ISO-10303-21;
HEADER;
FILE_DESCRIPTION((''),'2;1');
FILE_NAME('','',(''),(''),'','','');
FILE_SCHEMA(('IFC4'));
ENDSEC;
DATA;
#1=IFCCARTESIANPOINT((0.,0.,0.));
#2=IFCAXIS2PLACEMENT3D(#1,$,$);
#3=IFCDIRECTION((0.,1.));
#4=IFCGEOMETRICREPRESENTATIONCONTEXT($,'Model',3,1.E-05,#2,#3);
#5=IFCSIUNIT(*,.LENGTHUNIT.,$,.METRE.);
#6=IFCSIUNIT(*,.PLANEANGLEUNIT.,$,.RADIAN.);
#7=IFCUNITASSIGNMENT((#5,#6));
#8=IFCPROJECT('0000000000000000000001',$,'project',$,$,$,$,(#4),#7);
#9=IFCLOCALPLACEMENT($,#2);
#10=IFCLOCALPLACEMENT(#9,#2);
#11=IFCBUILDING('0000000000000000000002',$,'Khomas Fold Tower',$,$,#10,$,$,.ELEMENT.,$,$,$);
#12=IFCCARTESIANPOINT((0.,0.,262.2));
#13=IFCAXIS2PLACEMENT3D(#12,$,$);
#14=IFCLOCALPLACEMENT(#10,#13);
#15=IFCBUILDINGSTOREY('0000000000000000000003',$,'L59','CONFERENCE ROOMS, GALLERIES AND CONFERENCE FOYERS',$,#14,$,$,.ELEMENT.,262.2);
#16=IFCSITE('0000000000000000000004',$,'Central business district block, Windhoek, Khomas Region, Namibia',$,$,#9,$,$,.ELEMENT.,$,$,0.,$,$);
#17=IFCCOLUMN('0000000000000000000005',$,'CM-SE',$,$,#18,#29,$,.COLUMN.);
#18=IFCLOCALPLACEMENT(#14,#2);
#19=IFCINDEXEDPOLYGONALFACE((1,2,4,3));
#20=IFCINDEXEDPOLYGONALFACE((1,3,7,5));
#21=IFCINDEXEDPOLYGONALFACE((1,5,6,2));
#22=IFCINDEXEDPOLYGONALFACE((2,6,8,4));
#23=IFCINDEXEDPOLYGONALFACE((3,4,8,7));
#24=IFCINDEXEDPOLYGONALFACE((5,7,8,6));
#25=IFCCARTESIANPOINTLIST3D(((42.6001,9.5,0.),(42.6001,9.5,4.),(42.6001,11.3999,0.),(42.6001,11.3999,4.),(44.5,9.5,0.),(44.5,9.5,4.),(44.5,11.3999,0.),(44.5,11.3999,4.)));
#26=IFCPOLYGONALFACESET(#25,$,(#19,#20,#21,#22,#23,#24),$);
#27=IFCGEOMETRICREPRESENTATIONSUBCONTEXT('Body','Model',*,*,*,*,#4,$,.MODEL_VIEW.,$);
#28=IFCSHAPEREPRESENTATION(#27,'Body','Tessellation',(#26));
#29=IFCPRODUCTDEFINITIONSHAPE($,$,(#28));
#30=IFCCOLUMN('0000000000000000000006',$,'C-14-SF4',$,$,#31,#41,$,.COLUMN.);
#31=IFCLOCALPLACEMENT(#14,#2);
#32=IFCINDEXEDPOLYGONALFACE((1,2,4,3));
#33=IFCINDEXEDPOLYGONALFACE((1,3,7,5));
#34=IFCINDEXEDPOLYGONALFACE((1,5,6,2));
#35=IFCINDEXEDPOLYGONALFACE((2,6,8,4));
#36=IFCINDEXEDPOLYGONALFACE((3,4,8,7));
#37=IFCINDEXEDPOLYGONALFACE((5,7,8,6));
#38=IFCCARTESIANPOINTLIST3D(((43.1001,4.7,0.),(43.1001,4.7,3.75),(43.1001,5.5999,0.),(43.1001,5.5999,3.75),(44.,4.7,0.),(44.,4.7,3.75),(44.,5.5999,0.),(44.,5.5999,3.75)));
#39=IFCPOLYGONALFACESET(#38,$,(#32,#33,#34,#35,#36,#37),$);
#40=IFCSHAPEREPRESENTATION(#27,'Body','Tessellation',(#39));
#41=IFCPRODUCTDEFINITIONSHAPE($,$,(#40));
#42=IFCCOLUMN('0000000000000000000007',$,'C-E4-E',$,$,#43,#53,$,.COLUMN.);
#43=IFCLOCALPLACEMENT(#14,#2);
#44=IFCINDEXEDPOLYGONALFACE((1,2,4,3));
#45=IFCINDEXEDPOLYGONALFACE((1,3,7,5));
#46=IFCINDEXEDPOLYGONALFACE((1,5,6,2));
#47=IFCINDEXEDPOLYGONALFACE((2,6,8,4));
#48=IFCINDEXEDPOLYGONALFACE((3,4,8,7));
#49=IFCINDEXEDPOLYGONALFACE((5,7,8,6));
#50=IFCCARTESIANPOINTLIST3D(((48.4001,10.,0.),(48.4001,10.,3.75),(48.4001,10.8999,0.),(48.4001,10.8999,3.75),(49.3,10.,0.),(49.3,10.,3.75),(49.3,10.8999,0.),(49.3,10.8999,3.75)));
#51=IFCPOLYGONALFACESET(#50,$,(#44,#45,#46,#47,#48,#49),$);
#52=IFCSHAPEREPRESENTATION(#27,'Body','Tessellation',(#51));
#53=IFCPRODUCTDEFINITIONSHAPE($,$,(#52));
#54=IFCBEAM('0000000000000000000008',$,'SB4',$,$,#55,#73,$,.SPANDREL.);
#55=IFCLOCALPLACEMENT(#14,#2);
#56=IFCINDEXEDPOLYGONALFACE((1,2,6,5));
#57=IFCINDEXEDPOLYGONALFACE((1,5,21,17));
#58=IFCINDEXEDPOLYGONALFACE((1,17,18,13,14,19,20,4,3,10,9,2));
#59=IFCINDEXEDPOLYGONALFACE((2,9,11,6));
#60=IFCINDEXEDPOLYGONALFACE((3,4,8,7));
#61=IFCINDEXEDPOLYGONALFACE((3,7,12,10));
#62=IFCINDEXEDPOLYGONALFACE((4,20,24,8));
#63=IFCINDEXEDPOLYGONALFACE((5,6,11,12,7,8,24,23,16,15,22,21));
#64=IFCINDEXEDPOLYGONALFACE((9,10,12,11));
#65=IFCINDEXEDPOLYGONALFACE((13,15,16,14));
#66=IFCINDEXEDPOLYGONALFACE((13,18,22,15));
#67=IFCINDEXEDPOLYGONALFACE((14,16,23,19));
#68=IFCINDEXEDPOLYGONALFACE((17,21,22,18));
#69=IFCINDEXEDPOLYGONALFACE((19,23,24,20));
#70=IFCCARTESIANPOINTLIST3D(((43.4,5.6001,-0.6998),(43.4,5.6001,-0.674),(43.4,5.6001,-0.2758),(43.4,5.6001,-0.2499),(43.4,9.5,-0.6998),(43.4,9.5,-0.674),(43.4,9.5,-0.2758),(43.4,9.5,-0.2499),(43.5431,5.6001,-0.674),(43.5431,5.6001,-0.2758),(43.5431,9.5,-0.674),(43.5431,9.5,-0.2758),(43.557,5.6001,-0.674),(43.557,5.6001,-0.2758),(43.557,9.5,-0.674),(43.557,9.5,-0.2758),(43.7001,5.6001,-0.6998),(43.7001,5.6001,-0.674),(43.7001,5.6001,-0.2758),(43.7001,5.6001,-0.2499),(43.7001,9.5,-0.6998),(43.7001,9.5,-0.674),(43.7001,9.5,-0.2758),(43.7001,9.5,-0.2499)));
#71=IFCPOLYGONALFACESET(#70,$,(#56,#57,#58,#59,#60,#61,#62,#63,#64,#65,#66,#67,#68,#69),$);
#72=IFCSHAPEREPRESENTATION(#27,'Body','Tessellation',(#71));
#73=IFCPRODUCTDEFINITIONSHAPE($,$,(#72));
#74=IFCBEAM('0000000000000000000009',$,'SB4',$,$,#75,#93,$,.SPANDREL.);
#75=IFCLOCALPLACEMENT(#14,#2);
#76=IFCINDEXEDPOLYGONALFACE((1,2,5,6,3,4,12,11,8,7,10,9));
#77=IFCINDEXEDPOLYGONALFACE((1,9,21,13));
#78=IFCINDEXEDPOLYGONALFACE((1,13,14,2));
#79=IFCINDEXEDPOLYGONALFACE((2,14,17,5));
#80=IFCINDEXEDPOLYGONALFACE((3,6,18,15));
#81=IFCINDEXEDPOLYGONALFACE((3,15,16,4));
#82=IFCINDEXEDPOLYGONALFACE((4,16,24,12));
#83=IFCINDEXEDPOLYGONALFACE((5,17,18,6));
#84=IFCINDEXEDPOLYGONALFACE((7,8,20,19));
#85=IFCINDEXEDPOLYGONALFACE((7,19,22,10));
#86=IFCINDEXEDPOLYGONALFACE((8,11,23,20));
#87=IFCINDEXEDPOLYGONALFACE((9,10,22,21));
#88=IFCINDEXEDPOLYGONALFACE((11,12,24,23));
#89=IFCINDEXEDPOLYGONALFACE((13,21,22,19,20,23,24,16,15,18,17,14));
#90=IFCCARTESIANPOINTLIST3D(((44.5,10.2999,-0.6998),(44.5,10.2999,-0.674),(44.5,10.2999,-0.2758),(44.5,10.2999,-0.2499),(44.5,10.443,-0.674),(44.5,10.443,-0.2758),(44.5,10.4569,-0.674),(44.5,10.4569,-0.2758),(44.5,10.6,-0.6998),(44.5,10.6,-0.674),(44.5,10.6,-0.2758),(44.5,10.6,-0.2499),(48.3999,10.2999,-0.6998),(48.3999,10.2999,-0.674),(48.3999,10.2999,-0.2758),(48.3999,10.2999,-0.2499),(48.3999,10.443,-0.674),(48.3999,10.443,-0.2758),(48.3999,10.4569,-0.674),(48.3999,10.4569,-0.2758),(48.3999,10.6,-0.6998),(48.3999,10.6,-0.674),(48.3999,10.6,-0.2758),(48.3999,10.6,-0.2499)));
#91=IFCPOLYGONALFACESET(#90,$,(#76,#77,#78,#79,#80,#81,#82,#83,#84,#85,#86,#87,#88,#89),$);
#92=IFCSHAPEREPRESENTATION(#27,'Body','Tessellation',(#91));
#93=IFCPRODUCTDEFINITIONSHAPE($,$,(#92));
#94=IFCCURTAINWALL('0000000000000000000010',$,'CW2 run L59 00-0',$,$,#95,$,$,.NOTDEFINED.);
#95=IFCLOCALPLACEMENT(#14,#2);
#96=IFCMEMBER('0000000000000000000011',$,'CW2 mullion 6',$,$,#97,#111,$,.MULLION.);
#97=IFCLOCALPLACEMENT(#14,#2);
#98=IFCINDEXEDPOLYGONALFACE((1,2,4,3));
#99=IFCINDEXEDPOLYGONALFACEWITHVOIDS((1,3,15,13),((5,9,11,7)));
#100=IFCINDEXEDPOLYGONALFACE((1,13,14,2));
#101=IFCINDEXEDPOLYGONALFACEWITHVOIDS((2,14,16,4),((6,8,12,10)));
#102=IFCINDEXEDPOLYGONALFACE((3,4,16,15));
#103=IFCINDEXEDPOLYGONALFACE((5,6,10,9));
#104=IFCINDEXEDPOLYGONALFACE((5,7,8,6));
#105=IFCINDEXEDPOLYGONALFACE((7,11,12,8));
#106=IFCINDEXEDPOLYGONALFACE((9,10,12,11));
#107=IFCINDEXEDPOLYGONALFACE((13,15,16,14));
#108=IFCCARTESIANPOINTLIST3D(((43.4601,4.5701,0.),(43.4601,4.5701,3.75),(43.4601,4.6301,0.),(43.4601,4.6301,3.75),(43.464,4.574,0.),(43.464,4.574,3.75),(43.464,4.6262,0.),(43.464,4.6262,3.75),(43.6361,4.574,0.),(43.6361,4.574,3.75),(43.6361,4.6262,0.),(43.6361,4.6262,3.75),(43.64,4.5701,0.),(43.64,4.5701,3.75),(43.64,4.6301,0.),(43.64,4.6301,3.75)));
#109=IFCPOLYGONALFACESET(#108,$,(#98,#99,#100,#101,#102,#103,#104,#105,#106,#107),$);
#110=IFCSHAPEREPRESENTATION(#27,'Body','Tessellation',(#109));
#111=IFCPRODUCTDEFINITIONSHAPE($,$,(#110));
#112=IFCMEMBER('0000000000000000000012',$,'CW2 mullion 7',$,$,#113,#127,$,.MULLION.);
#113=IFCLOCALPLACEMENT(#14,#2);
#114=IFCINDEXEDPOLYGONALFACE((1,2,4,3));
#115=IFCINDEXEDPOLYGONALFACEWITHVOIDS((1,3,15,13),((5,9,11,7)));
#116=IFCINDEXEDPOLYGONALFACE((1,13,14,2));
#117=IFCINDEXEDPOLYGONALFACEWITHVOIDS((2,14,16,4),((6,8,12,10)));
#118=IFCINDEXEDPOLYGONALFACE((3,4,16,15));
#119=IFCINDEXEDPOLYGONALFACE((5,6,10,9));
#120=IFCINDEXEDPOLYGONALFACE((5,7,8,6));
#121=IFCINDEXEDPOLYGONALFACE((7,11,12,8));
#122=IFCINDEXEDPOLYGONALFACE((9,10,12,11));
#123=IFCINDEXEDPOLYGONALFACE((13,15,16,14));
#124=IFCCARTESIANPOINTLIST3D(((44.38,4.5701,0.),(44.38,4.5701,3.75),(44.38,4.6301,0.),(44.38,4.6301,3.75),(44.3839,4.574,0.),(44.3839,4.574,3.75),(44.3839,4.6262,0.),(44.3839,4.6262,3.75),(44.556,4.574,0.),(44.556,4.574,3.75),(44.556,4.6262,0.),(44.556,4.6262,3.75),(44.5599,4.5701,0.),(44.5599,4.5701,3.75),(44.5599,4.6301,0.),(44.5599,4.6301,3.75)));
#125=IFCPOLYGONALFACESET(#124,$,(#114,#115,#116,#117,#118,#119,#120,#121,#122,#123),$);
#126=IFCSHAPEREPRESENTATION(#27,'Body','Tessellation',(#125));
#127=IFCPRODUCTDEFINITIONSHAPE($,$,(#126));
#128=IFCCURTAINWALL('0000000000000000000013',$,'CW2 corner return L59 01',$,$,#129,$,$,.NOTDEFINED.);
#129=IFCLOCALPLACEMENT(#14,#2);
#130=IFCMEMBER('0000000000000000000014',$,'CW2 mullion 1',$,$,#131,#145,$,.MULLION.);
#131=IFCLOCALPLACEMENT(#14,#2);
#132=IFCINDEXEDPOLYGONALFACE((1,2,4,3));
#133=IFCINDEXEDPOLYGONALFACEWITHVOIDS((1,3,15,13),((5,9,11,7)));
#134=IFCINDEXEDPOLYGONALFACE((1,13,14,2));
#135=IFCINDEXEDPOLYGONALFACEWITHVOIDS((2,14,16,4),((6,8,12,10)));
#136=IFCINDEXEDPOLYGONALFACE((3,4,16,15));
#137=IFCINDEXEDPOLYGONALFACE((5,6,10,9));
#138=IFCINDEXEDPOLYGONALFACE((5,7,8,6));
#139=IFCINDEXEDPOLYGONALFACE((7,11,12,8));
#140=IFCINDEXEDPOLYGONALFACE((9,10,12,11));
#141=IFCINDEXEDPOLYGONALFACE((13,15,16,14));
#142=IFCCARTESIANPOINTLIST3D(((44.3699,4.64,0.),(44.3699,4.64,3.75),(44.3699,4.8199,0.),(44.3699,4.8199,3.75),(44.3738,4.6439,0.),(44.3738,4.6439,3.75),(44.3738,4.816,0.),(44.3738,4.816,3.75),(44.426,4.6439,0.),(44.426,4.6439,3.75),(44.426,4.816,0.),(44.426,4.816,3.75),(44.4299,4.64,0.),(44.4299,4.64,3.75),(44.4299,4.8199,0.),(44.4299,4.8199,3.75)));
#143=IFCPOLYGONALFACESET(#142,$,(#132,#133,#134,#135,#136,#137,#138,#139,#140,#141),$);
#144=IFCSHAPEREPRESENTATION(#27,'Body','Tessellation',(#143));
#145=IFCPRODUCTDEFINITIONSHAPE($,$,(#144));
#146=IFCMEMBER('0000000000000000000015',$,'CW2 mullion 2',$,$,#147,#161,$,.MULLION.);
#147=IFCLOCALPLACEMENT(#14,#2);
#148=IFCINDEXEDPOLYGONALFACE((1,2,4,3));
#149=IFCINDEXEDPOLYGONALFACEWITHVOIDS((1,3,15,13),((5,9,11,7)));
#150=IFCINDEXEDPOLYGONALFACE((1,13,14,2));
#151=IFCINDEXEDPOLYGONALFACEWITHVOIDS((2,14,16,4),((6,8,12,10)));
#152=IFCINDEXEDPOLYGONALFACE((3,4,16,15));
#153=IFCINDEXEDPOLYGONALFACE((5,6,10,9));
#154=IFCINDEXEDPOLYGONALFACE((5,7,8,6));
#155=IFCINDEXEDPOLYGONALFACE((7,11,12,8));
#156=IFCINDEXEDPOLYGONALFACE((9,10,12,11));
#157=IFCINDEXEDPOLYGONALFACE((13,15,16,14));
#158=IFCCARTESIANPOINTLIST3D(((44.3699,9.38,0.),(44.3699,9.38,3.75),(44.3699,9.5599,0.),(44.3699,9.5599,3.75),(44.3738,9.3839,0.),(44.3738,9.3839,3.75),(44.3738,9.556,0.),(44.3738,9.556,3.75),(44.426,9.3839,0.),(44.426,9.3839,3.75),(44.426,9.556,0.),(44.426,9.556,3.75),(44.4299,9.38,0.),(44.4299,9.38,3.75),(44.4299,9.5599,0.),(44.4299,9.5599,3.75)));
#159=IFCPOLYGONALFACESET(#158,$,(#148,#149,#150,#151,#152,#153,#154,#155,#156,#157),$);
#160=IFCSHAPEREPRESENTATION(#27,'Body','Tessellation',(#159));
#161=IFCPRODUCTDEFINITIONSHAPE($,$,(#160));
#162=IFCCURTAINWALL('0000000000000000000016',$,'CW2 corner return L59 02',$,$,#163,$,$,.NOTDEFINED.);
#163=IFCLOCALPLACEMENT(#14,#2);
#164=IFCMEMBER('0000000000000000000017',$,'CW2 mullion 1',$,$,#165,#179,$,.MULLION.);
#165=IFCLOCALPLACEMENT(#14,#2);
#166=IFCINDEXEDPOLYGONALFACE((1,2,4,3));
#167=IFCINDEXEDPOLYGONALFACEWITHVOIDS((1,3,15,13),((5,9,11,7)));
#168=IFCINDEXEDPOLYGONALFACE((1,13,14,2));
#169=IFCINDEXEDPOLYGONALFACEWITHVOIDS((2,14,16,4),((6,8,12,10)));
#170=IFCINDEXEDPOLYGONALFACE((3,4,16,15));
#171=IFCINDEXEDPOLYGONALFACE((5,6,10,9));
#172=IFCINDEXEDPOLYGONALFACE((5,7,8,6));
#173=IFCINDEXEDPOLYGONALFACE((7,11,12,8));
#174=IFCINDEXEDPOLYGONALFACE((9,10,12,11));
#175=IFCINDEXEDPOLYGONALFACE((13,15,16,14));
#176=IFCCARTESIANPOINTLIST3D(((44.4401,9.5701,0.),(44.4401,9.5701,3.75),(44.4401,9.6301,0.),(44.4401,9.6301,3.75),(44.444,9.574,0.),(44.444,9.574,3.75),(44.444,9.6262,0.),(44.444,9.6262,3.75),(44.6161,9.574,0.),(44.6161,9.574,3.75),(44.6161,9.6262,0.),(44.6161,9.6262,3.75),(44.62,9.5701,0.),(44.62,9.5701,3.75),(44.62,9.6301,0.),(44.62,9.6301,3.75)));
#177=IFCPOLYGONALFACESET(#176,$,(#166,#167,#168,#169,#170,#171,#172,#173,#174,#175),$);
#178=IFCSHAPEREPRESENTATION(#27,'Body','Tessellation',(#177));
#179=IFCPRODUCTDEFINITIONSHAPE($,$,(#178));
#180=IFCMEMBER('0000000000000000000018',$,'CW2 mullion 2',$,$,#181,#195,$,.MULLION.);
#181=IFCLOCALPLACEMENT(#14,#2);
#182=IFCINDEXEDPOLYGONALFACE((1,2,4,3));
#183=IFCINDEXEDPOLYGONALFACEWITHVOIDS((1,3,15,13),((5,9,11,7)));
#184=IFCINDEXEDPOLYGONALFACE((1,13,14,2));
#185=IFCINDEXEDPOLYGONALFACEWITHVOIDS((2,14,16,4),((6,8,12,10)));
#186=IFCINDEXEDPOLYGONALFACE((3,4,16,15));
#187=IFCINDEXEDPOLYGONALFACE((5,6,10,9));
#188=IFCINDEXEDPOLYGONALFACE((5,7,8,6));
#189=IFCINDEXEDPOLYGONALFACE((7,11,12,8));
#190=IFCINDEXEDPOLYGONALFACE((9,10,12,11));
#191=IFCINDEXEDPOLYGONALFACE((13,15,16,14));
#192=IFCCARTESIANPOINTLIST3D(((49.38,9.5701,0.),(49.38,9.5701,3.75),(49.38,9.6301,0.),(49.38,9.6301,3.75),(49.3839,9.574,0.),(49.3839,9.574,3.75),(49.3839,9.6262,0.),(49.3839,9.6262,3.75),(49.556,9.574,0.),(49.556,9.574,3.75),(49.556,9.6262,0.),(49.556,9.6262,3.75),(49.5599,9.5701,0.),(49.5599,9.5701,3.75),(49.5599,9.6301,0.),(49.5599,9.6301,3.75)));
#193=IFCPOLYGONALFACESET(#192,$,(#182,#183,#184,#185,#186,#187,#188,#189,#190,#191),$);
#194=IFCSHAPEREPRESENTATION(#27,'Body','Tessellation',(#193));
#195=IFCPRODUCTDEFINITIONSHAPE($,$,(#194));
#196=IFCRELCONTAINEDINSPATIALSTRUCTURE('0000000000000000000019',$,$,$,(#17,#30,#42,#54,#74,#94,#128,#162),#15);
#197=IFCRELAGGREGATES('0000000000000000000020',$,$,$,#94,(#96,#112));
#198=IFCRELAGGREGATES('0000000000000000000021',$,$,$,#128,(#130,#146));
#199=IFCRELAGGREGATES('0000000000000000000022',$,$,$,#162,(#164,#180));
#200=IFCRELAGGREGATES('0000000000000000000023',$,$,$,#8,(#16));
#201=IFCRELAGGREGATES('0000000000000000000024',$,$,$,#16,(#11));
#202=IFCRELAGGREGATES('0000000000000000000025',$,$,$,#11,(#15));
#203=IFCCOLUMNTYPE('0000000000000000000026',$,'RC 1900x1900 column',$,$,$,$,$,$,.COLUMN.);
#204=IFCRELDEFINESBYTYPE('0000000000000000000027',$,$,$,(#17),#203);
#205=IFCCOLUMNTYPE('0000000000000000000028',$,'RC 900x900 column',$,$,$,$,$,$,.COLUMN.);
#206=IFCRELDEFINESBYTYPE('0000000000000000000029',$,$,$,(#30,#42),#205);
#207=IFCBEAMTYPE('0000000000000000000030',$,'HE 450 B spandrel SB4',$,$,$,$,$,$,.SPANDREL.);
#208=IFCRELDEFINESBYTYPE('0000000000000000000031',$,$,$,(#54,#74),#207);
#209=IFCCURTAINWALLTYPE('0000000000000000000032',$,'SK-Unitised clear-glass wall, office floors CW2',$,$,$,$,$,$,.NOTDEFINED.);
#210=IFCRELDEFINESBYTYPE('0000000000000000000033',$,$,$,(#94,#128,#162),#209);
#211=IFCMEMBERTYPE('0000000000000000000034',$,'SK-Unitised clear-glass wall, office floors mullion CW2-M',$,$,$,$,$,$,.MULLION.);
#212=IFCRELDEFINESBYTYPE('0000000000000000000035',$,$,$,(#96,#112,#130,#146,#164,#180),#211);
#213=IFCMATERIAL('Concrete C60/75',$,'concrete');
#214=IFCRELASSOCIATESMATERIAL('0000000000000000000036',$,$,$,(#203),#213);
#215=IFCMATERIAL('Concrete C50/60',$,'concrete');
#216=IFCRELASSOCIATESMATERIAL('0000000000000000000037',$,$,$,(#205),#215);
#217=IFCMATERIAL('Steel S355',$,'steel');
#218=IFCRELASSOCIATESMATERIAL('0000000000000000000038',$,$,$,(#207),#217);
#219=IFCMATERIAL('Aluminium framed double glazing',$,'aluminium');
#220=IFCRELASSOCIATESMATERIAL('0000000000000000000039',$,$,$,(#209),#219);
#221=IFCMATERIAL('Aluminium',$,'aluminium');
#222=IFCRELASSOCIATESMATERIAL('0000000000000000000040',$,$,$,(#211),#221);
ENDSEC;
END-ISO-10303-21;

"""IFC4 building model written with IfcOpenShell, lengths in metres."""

from ifc_helpers import new_model, si_unit, direction, frame, origin, origin_2d, place, context, subcontext, project, spatial, rectangle, hollow_rectangle, i_section, extrude, source, transform, mapped, material, material_profile, profile_set, type_object, element, aggregate, save


model = new_model("IFC4")

# Units and contexts
model_context = context("Model", 3, precision=1e-05, world=origin(), true_north=direction((0.0, 1.0)))
body_context = subcontext(model_context, "Body", "Model", "MODEL_VIEW")
ifc_project = project(units=[si_unit("LENGTHUNIT", "METRE"), si_unit("PLANEANGLEUNIT", "RADIAN")], contexts=[model_context])

# Site, building, storey
site_placement = place(None, origin())
site = spatial("IfcSite", under=ifc_project, at=site_placement, Name="Central business district block, Windhoek, Khomas Region, Namibia", CompositionType="ELEMENT", RefElevation=0.0)
building_placement = place(site_placement, origin())
building = spatial("IfcBuilding", under=site, at=building_placement, Name="Khomas Fold Tower", CompositionType="ELEMENT")
storey_placement = place(building_placement, frame((0.0, 0.0, 262.2)))
storey = spatial("IfcBuildingStorey", under=building, at=storey_placement, Name="L59", Description="CONFERENCE ROOMS, GALLERIES AND CONFERENCE FOYERS", CompositionType="ELEMENT", Elevation=262.2)

# Columns
ifc_material_1 = material(Name="Concrete C60/75", Category="concrete")
ifc_material_profile_1 = material_profile(ifc_material_1, rectangle(XDim=1.8999, YDim=1.8999, at=origin_2d()), Name="RC 1900x1900")
ifc_profile_set_1 = profile_set([ifc_material_profile_1], Name="Concrete C60/75")
column_type_1 = type_object("IfcColumnType", Name="RC 1900x1900 column", PredefinedType="COLUMN", material=ifc_profile_set_1)
shared_shape_1 = source(origin(), body_context, "Body", "SweptSolid", [
    extrude(rectangle(XDim=1.8999, YDim=1.8999, at=origin_2d()), origin(), (0.0, 0.0, 1.0), 4.0),
])
column_placement = place(storey_placement, frame((43.55, 10.45, 0.0), z_axis=(0.0, 0.0, 1.0), x_axis=(1.0, 0.0, 0.0)))
element("IfcColumn", 1, at=column_placement, inside=storey, type_object=column_type_1, Name="CM-SE", PredefinedType="COLUMN", context=body_context, shape_type="MappedRepresentation", body=[
    mapped(shared_shape_1, transform((0.0, 0.0, 0.0))),
])
ifc_material_2 = material(Name="Concrete C50/60", Category="concrete")
ifc_material_profile_2 = material_profile(ifc_material_2, rectangle(XDim=0.8999, YDim=0.8999, at=origin_2d()), Name="RC 900x900")
ifc_profile_set_2 = profile_set([ifc_material_profile_2], Name="Concrete C50/60")
column_type_2 = type_object("IfcColumnType", Name="RC 900x900 column", PredefinedType="COLUMN", material=ifc_profile_set_2)
shared_shape_2 = source(origin(), body_context, "Body", "SweptSolid", [
    extrude(rectangle(XDim=0.8999, YDim=0.8999, at=origin_2d()), origin(), (0.0, 0.0, 1.0), 3.75),
])
for number, where, z_axis, x_axis, name in (
    (2, (43.55, 5.1499, 0.0), (0.0, 0.0, 1.0), (1.0, 0.0, 0.0), "C-14-SF4"),
    (3, (48.8501, 10.45, 0.0), (0.0, 0.0, 1.0), (1.0, 0.0, 0.0), "C-E4-E"),
):
    element("IfcColumn", number, at=place(storey_placement, frame(where, z_axis=z_axis, x_axis=x_axis)), inside=storey, type_object=column_type_2, Name=name, PredefinedType="COLUMN", context=body_context, shape_type="MappedRepresentation", body=[
        mapped(shared_shape_2, transform((0.0, 0.0, 0.0))),
    ])

# Beams
ifc_material_3 = material(Name="Steel S355", Category="steel")
ifc_material_profile_3 = material_profile(ifc_material_3, i_section(OverallWidth=0.3, OverallDepth=0.45, WebThickness=0.0139, FlangeThickness=0.0259, at=origin_2d()), Name="HE 450 B")
ifc_profile_set_3 = profile_set([ifc_material_profile_3], Name="Steel S355")
beam_type = type_object("IfcBeamType", Name="HE 450 B spandrel SB4", PredefinedType="SPANDREL", material=ifc_profile_set_3)
shared_shape_3 = source(origin(), body_context, "Body", "SweptSolid", [
    extrude(i_section(OverallWidth=0.3, OverallDepth=0.45, WebThickness=0.0139, FlangeThickness=0.0259, at=origin_2d()), origin(), (0.0, 0.0, 1.0), 3.8999),
])
for number, where, z_axis, x_axis, name in (
    (4, (43.55, 5.6001, -0.4749), (0.0, 1.0, 0.0), (-1.0, 0.0, 0.0), "SB4"),
    (5, (44.5, 10.45, -0.4749), (1.0, 0.0, 0.0), (0.0, 1.0, 0.0), "SB4"),
):
    element("IfcBeam", number, at=place(storey_placement, frame(where, z_axis=z_axis, x_axis=x_axis)), inside=storey, type_object=beam_type, Name=name, PredefinedType="SPANDREL", context=body_context, shape_type="MappedRepresentation", body=[
        mapped(shared_shape_3, transform((0.0, 0.0, 0.0))),
    ])

# Curtain walls, members
ifc_material_4 = material(Name="Aluminium framed double glazing", Category="aluminium")
curtain_wall_type = type_object("IfcCurtainWallType", Name="SK-Unitised clear-glass wall, office floors CW2", PredefinedType="NOTDEFINED", material=ifc_material_4)
curtain_wall_1_placement = place(storey_placement, origin())
curtain_wall_1 = element("IfcCurtainWall", 6, at=curtain_wall_1_placement, inside=storey, type_object=curtain_wall_type, Name="CW2 run L59 00-0", PredefinedType="NOTDEFINED")
ifc_material_5 = material(Name="Aluminium", Category="aluminium")
ifc_material_profile_4 = material_profile(ifc_material_5, hollow_rectangle(XDim=0.0601, YDim=0.1799, WallThickness=0.0039, at=origin_2d()), Name="SK-Unitised clear-glass wall, office floors mullion CW2-M")
ifc_profile_set_4 = profile_set([ifc_material_profile_4], Name="Aluminium")
member_type_1 = type_object("IfcMemberType", Name="SK-Unitised clear-glass wall, office floors mullion CW2-M", PredefinedType="MULLION", material=ifc_profile_set_4)
shared_shape_4 = source(origin(), body_context, "Body", "SweptSolid", [
    extrude(hollow_rectangle(XDim=0.0601, YDim=0.1799, WallThickness=0.0039, at=origin_2d()), origin(), (0.0, 0.0, 1.0), 3.75),
])
member_1_placement = place(storey_placement, frame((43.55, 4.6001, 0.0), z_axis=(0.0, 0.0, 1.0), x_axis=(0.0, 1.0, 0.0)))
member_1 = element("IfcMember", 7, at=member_1_placement, type_object=member_type_1, Name="CW2 mullion 6", PredefinedType="MULLION", context=body_context, shape_type="MappedRepresentation", body=[
    mapped(shared_shape_4, transform((0.0, 0.0, 0.0))),
])
member_2_placement = place(storey_placement, frame((44.47, 4.6001, 0.0), z_axis=(0.0, 0.0, 1.0), x_axis=(0.0, 1.0, 0.0)))
member_2 = element("IfcMember", 8, at=member_2_placement, type_object=member_type_1, Name="CW2 mullion 7", PredefinedType="MULLION", context=body_context, shape_type="MappedRepresentation", body=[
    mapped(shared_shape_4, transform((0.0, 0.0, 0.0))),
])
curtain_wall_2_placement = place(storey_placement, origin())
curtain_wall_2 = element("IfcCurtainWall", 9, at=curtain_wall_2_placement, inside=storey, type_object=curtain_wall_type, Name="CW2 corner return L59 01", PredefinedType="NOTDEFINED")
member_3_placement = place(storey_placement, frame((44.3999, 4.73, 0.0), z_axis=(0.0, 0.0, 1.0), x_axis=(-1.0, 0.0, 0.0)))
member_3 = element("IfcMember", 10, at=member_3_placement, type_object=member_type_1, Name="CW2 mullion 1", PredefinedType="MULLION", context=body_context, shape_type="MappedRepresentation", body=[
    mapped(shared_shape_4, transform((0.0, 0.0, 0.0))),
])
member_4_placement = place(storey_placement, frame((44.3999, 9.47, 0.0), z_axis=(0.0, 0.0, 1.0), x_axis=(-1.0, 0.0, 0.0)))
member_4 = element("IfcMember", 11, at=member_4_placement, type_object=member_type_1, Name="CW2 mullion 2", PredefinedType="MULLION", context=body_context, shape_type="MappedRepresentation", body=[
    mapped(shared_shape_4, transform((0.0, 0.0, 0.0))),
])
curtain_wall_3_placement = place(storey_placement, origin())
curtain_wall_3 = element("IfcCurtainWall", 12, at=curtain_wall_3_placement, inside=storey, type_object=curtain_wall_type, Name="CW2 corner return L59 02", PredefinedType="NOTDEFINED")
member_5_placement = place(storey_placement, frame((44.53, 9.6001, 0.0), z_axis=(0.0, 0.0, 1.0), x_axis=(0.0, 1.0, 0.0)))
member_5 = element("IfcMember", 13, at=member_5_placement, type_object=member_type_1, Name="CW2 mullion 1", PredefinedType="MULLION", context=body_context, shape_type="MappedRepresentation", body=[
    mapped(shared_shape_4, transform((0.0, 0.0, 0.0))),
])
member_6_placement = place(storey_placement, frame((49.47, 9.6001, 0.0), z_axis=(0.0, 0.0, 1.0), x_axis=(0.0, 1.0, 0.0)))
member_6 = element("IfcMember", 14, at=member_6_placement, type_object=member_type_1, Name="CW2 mullion 2", PredefinedType="MULLION", context=body_context, shape_type="MappedRepresentation", body=[
    mapped(shared_shape_4, transform((0.0, 0.0, 0.0))),
])

aggregate(curtain_wall_1, [member_1, member_2])
aggregate(curtain_wall_2, [member_3, member_4])
aggregate(curtain_wall_3, [member_5, member_6])

save(model, "model.ifc")
